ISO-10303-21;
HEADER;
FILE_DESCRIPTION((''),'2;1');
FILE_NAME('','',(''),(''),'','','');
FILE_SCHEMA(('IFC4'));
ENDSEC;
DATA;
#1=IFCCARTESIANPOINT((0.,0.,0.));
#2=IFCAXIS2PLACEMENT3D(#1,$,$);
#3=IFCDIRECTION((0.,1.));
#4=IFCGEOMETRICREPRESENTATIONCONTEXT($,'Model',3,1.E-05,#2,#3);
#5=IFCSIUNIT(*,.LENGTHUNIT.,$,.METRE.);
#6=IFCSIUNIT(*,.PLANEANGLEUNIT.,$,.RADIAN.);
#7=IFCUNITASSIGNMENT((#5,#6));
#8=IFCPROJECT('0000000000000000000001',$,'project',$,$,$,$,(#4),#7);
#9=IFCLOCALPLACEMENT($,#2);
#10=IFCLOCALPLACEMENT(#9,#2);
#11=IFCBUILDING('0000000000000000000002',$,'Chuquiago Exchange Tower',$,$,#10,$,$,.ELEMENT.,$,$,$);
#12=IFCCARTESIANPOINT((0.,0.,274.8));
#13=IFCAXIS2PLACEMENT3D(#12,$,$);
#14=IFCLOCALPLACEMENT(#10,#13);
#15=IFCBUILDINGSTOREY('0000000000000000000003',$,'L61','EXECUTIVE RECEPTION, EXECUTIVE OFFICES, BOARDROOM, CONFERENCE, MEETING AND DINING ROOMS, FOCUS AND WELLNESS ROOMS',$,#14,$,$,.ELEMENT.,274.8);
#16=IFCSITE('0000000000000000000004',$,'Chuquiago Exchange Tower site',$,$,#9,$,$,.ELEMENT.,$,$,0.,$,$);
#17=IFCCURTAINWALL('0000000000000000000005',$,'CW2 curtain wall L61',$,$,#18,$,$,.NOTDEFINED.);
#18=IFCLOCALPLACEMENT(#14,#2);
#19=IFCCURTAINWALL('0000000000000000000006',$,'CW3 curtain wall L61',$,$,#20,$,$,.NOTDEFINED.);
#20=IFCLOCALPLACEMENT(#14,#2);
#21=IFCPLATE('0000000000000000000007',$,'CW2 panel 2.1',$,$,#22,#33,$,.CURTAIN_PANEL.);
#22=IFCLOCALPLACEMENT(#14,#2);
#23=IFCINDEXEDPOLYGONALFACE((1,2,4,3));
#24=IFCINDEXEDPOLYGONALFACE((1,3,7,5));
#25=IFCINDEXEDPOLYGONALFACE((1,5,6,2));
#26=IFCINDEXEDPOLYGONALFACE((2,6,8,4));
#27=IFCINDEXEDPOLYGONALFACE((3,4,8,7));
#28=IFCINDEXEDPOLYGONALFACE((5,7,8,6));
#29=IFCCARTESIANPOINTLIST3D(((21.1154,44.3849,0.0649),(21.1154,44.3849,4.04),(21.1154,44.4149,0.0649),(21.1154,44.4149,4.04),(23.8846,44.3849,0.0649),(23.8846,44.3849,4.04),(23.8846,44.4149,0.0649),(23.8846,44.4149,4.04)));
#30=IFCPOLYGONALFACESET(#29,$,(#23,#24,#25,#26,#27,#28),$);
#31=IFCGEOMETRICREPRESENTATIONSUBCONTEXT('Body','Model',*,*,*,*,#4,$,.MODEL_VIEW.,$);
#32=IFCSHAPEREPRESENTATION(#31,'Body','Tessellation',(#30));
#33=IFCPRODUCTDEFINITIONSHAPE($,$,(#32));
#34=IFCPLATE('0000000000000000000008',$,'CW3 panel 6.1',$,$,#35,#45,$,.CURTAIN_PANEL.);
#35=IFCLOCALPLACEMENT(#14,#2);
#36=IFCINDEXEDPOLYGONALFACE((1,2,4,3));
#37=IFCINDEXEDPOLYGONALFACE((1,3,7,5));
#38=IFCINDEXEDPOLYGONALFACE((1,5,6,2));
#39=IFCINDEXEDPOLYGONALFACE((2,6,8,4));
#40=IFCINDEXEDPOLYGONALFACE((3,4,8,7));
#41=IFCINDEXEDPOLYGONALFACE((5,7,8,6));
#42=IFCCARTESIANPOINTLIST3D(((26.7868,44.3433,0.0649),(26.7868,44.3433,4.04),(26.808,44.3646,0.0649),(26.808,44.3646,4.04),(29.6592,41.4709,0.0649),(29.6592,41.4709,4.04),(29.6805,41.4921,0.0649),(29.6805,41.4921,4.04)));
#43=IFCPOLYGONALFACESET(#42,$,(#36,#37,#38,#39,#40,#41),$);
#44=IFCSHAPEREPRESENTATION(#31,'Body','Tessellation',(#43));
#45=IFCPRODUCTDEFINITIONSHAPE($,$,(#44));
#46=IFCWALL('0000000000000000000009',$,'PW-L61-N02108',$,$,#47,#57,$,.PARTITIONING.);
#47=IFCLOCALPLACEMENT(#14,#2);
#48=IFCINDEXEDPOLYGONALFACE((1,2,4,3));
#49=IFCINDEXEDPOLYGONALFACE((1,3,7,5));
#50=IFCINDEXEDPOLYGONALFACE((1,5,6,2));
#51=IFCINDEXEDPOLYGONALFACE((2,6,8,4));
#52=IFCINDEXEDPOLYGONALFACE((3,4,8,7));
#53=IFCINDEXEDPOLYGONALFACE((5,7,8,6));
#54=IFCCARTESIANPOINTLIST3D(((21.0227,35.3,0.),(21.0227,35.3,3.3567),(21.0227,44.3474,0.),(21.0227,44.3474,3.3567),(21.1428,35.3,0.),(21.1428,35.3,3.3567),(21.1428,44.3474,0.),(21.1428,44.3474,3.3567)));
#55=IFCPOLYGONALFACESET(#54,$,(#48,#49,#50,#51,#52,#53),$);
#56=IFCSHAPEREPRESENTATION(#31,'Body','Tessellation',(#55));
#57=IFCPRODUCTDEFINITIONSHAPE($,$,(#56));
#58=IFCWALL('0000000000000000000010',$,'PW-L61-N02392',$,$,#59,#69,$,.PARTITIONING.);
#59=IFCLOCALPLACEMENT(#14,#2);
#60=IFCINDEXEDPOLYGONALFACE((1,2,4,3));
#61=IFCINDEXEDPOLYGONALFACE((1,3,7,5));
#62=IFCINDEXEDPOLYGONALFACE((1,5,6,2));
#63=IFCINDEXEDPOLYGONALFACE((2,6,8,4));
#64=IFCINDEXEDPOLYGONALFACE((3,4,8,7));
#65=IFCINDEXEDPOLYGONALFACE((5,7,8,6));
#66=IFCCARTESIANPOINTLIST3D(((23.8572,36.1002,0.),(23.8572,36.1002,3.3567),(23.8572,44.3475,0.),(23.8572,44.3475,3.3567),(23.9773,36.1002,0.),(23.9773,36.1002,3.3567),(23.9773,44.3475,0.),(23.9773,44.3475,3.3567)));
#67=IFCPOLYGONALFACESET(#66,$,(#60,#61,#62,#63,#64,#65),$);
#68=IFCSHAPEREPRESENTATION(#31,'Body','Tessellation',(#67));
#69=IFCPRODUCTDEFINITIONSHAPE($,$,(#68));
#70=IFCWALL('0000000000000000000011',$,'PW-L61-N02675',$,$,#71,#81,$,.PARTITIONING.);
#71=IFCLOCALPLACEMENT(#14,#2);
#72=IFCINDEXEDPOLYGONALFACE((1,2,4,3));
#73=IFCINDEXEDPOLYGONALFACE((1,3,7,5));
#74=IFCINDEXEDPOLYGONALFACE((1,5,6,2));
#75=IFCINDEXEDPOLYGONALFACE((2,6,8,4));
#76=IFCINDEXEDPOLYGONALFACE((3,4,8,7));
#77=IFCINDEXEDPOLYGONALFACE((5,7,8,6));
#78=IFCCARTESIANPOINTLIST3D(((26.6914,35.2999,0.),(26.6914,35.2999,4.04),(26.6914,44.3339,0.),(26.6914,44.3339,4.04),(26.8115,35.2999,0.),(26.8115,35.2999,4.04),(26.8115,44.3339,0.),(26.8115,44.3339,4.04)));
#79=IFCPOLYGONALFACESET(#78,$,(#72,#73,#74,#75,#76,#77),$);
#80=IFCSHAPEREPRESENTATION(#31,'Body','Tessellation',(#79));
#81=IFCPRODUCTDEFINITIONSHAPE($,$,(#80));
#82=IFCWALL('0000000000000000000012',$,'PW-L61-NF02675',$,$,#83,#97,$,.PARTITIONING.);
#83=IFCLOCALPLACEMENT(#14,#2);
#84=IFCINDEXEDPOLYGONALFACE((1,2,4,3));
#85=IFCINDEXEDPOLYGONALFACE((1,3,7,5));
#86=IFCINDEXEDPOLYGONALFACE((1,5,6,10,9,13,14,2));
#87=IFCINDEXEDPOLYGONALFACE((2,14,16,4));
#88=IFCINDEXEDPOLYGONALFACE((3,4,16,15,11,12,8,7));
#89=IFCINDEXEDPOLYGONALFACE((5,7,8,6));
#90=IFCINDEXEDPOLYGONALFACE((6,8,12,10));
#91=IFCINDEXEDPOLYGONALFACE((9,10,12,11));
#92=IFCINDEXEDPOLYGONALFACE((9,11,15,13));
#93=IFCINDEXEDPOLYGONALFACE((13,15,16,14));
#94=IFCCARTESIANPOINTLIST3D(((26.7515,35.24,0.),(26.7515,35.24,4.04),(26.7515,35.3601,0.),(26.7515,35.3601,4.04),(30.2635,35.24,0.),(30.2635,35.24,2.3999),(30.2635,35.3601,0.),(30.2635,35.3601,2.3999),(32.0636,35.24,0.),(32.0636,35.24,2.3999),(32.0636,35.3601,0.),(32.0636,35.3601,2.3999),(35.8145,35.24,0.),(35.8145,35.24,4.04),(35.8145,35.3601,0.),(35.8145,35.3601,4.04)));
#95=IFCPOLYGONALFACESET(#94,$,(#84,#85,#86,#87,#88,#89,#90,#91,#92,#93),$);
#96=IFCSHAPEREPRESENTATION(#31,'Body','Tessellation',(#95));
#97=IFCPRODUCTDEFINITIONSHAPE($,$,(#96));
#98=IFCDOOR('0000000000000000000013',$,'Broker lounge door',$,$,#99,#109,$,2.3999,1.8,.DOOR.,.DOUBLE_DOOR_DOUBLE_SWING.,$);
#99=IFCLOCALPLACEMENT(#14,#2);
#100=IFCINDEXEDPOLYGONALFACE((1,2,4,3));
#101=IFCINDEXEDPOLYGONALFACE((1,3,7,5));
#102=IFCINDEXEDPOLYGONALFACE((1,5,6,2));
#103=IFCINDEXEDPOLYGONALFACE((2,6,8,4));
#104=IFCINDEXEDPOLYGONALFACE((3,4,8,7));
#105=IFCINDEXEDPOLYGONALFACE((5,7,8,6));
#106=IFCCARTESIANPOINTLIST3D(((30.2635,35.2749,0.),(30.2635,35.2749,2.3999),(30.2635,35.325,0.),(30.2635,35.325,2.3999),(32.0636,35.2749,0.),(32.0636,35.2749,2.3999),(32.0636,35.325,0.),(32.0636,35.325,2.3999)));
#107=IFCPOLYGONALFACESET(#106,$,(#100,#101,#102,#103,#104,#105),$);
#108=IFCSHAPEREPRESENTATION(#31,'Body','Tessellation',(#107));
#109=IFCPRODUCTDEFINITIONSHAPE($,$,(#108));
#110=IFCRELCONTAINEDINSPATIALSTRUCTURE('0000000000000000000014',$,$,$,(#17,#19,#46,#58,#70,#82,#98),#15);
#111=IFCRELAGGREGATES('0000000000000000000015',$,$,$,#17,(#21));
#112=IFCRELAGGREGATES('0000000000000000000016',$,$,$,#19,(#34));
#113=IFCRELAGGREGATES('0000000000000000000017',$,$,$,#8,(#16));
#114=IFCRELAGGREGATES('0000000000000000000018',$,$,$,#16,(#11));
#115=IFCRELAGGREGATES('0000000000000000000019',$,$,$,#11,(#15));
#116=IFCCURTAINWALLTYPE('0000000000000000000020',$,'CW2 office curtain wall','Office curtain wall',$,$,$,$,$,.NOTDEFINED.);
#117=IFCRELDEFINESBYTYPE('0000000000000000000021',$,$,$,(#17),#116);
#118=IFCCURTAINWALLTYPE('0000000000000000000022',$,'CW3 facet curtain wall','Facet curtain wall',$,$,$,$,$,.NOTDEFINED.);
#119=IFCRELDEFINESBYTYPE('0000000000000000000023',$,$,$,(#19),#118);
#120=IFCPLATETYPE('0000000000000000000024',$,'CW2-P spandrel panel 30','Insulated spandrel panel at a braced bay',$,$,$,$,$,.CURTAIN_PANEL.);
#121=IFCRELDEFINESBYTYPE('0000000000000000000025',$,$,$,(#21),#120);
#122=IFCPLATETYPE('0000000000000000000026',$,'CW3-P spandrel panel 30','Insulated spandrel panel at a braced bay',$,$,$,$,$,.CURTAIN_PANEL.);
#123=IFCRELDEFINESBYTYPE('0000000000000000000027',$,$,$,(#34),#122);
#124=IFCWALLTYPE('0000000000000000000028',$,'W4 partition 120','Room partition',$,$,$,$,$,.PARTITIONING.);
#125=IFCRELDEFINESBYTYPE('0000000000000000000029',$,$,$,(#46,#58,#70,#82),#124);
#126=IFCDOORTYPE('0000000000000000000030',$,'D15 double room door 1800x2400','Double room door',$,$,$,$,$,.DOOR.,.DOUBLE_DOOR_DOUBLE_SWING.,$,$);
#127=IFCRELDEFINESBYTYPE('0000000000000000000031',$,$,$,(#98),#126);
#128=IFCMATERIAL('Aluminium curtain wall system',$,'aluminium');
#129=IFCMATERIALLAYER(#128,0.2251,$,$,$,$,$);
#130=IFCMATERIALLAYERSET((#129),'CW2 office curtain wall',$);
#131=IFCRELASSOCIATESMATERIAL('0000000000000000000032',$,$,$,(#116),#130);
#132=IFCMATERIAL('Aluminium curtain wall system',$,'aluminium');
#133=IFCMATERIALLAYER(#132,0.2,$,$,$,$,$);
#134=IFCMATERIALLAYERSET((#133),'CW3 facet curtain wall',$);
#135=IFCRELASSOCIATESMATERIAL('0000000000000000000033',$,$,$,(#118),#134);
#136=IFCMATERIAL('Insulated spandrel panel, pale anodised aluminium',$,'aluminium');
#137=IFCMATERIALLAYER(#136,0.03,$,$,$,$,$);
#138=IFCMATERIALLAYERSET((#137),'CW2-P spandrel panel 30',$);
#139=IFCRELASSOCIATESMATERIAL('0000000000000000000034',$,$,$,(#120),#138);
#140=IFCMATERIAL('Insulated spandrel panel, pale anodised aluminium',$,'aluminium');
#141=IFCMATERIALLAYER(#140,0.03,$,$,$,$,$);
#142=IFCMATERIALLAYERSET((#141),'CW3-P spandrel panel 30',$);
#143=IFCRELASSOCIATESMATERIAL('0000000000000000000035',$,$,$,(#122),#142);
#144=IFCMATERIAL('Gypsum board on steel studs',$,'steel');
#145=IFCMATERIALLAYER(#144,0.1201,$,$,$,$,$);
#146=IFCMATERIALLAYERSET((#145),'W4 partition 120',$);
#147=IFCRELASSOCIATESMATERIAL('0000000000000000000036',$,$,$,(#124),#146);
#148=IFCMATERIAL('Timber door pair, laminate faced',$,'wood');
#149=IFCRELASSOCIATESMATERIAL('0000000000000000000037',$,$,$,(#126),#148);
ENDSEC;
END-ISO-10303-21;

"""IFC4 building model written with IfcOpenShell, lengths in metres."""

from ifc_helpers import new_model, si_unit, direction, frame, frame_2d, origin, origin_2d, place, context, subcontext, project, spatial, rectangle, extrude, material, layer, layer_set, type_object, element, fill, aggregate, save


model = new_model("IFC4")

# Units and contexts
model_context = context("Model", 3, precision=1e-05, world=origin(), true_north=direction((0.0, 1.0)))
body_context = subcontext(model_context, "Body", "Model", "MODEL_VIEW")
ifc_project = project(units=[si_unit("LENGTHUNIT", "METRE"), si_unit("PLANEANGLEUNIT", "RADIAN")], contexts=[model_context])

# Site, building, storey
site_placement = place(None, origin())
site = spatial("IfcSite", under=ifc_project, at=site_placement, Name="Chuquiago Exchange Tower site", CompositionType="ELEMENT", RefElevation=0.0)
building_placement = place(site_placement, origin())
building = spatial("IfcBuilding", under=site, at=building_placement, Name="Chuquiago Exchange Tower", CompositionType="ELEMENT")
storey_placement = place(building_placement, frame((0.0, 0.0, 274.8)))
storey = spatial("IfcBuildingStorey", under=building, at=storey_placement, Name="L61", Description="EXECUTIVE RECEPTION, EXECUTIVE OFFICES, BOARDROOM, CONFERENCE, MEETING AND DINING ROOMS, FOCUS AND WELLNESS ROOMS", CompositionType="ELEMENT", Elevation=274.8)

# Curtain walls
ifc_material_1 = material(Name="Aluminium curtain wall system", Category="aluminium")
ifc_layer_1 = layer(ifc_material_1, 0.2251)
ifc_layer_set_1 = layer_set([ifc_layer_1], Name="CW2 office curtain wall")
curtain_wall_type_1 = type_object("IfcCurtainWallType", Name="CW2 office curtain wall", Description="Office curtain wall", PredefinedType="NOTDEFINED", material=ifc_layer_set_1)
curtain_wall_1_placement = place(storey_placement, origin())
curtain_wall_1 = element("IfcCurtainWall", 1, at=curtain_wall_1_placement, inside=storey, type_object=curtain_wall_type_1, Name="CW2 curtain wall L61", PredefinedType="NOTDEFINED")
ifc_material_2 = material(Name="Aluminium curtain wall system", Category="aluminium")
ifc_layer_2 = layer(ifc_material_2, 0.2)
ifc_layer_set_2 = layer_set([ifc_layer_2], Name="CW3 facet curtain wall")
curtain_wall_type_2 = type_object("IfcCurtainWallType", Name="CW3 facet curtain wall", Description="Facet curtain wall", PredefinedType="NOTDEFINED", material=ifc_layer_set_2)
curtain_wall_2_placement = place(storey_placement, origin())
curtain_wall_2 = element("IfcCurtainWall", 2, at=curtain_wall_2_placement, inside=storey, type_object=curtain_wall_type_2, Name="CW3 curtain wall L61", PredefinedType="NOTDEFINED")

# Plates
ifc_material_3 = material(Name="Insulated spandrel panel, pale anodised aluminium", Category="aluminium")
ifc_layer_3 = layer(ifc_material_3, 0.03)
ifc_layer_set_3 = layer_set([ifc_layer_3], Name="CW2-P spandrel panel 30")
plate_type_1 = type_object("IfcPlateType", Name="CW2-P spandrel panel 30", Description="Insulated spandrel panel at a braced bay", PredefinedType="CURTAIN_PANEL", material=ifc_layer_set_3)
plate_1_placement = place(storey_placement, frame((22.5, 44.3999, 0.0649), z_axis=(0.0, 0.0, 1.0), x_axis=(-1.0, 0.0, 0.0)))
plate_1 = element("IfcPlate", 3, at=plate_1_placement, type_object=plate_type_1, Name="CW2 panel 2.1", PredefinedType="CURTAIN_PANEL", context=body_context, shape_type="SweptSolid", body=[
    extrude(rectangle(XDim=2.7693, YDim=0.03, at=origin_2d()), origin(), (0.0, 0.0, 1.0), 3.9751),
])
aggregate(curtain_wall_1, [plate_1])
ifc_material_4 = material(Name="Insulated spandrel panel, pale anodised aluminium", Category="aluminium")
ifc_layer_4 = layer(ifc_material_4, 0.03)
ifc_layer_set_4 = layer_set([ifc_layer_4], Name="CW3-P spandrel panel 30")
plate_type_2 = type_object("IfcPlateType", Name="CW3-P spandrel panel 30", Description="Insulated spandrel panel at a braced bay", PredefinedType="CURTAIN_PANEL", material=ifc_layer_set_4)
plate_2_placement = place(storey_placement, frame((28.2336, 42.9177, 0.0649), z_axis=(0.0, 0.0, 1.0), x_axis=(-0.707107, 0.707107, 0.0)))
plate_2 = element("IfcPlate", 4, at=plate_2_placement, type_object=plate_type_2, Name="CW3 panel 6.1", PredefinedType="CURTAIN_PANEL", context=body_context, shape_type="SweptSolid", body=[
    extrude(rectangle(XDim=4.0623, YDim=0.03, at=origin_2d()), origin(), (0.0, 0.0, 1.0), 3.9751),
])
aggregate(curtain_wall_2, [plate_2])

# Walls
ifc_material_5 = material(Name="Gypsum board on steel studs", Category="steel")
ifc_layer_5 = layer(ifc_material_5, 0.1201)
ifc_layer_set_5 = layer_set([ifc_layer_5], Name="W4 partition 120")
wall_type = type_object("IfcWallType", Name="W4 partition 120", Description="Room partition", PredefinedType="PARTITIONING", material=ifc_layer_set_5)
wall_1_placement = place(storey_placement, frame((21.0828, 44.3474, 0.0), z_axis=(0.0, 0.0, 1.0), x_axis=(0.0, -1.0, 0.0)))
element("IfcWall", 5, at=wall_1_placement, inside=storey, type_object=wall_type, Name="PW-L61-N02108", PredefinedType="PARTITIONING", context=body_context, shape_type="SweptSolid", body=[
    extrude(rectangle(XDim=9.0474, YDim=0.1201, at=frame_2d((4.5237, 0.0))), origin(), (0.0, 0.0, 1.0), 3.3567),
])
wall_2_placement = place(storey_placement, frame((23.9172, 44.3474, 0.0), z_axis=(0.0, 0.0, 1.0), x_axis=(0.0, -1.0, 0.0)))
element("IfcWall", 6, at=wall_2_placement, inside=storey, type_object=wall_type, Name="PW-L61-N02392", PredefinedType="PARTITIONING", context=body_context, shape_type="SweptSolid", body=[
    extrude(rectangle(XDim=8.2473, YDim=0.1201, at=frame_2d((4.1235, 0.0))), origin(), (0.0, 0.0, 1.0), 3.3567),
])
wall_3_placement = place(storey_placement, frame((26.7515, 44.334, 0.0), z_axis=(0.0, 0.0, 1.0), x_axis=(0.0, -1.0, 0.0)))
element("IfcWall", 7, at=wall_3_placement, inside=storey, type_object=wall_type, Name="PW-L61-N02675", PredefinedType="PARTITIONING", context=body_context, shape_type="SweptSolid", body=[
    extrude(rectangle(XDim=9.0339, YDim=0.1201, at=frame_2d((4.5171, 0.0))), origin(), (0.0, 0.0, 1.0), 4.04),
])

# Wall, opening, door
wall_4_placement = place(storey_placement, frame((26.7515, 35.3, 0.0), z_axis=(0.0, 0.0, 1.0), x_axis=(1.0, 0.0, 0.0)))
wall_4 = element("IfcWall", 8, at=wall_4_placement, inside=storey, type_object=wall_type, Name="PW-L61-NF02675", PredefinedType="PARTITIONING", context=body_context, shape_type="SweptSolid", body=[
    extrude(rectangle(XDim=9.063, YDim=0.1201, at=frame_2d((4.5315, 0.0))), origin(), (0.0, 0.0, 1.0), 4.04),
])
opening_1_placement = place(wall_4_placement, frame((3.5122, 0.0, 0.0)))
opening_1 = element("IfcOpeningElement", 9, at=opening_1_placement, cuts=wall_4, PredefinedType="OPENING", context=body_context, shape_type="SweptSolid", body=[
    extrude(rectangle(XDim=1.8, YDim=2.3999, at=frame_2d((0.8999, 1.2))), frame((0.0, 0.0701, 0.0), z_axis=(0.0, -1.0, 0.0), x_axis=(1.0, 0.0, 0.0)), (0.0, 0.0, 1.0), 0.1401),
])
ifc_material_6 = material(Name="Timber door pair, laminate faced", Category="wood")
door_type_1 = type_object("IfcDoorType", Name="D15 double room door 1800x2400", Description="Double room door", OperationType="DOUBLE_DOOR_DOUBLE_SWING", PredefinedType="DOOR", material=ifc_material_6)
door_1_placement = place(opening_1_placement, origin())
door_1 = element("IfcDoor", 10, at=door_1_placement, inside=storey, type_object=door_type_1, Name="Broker lounge door", OperationType="DOUBLE_DOOR_DOUBLE_SWING", OverallHeight=2.3999, OverallWidth=1.8, PredefinedType="DOOR", context=body_context, shape_type="SweptSolid", body=[
    extrude(rectangle(XDim=1.8, YDim=2.3999, at=frame_2d((0.8999, 1.2))), frame((0.0, 0.0249, 0.0), z_axis=(0.0, -1.0, 0.0), x_axis=(1.0, 0.0, 0.0)), (0.0, 0.0, 1.0), 0.05),
])
fill(opening_1, door_1)

save(model, "model.ifc")
